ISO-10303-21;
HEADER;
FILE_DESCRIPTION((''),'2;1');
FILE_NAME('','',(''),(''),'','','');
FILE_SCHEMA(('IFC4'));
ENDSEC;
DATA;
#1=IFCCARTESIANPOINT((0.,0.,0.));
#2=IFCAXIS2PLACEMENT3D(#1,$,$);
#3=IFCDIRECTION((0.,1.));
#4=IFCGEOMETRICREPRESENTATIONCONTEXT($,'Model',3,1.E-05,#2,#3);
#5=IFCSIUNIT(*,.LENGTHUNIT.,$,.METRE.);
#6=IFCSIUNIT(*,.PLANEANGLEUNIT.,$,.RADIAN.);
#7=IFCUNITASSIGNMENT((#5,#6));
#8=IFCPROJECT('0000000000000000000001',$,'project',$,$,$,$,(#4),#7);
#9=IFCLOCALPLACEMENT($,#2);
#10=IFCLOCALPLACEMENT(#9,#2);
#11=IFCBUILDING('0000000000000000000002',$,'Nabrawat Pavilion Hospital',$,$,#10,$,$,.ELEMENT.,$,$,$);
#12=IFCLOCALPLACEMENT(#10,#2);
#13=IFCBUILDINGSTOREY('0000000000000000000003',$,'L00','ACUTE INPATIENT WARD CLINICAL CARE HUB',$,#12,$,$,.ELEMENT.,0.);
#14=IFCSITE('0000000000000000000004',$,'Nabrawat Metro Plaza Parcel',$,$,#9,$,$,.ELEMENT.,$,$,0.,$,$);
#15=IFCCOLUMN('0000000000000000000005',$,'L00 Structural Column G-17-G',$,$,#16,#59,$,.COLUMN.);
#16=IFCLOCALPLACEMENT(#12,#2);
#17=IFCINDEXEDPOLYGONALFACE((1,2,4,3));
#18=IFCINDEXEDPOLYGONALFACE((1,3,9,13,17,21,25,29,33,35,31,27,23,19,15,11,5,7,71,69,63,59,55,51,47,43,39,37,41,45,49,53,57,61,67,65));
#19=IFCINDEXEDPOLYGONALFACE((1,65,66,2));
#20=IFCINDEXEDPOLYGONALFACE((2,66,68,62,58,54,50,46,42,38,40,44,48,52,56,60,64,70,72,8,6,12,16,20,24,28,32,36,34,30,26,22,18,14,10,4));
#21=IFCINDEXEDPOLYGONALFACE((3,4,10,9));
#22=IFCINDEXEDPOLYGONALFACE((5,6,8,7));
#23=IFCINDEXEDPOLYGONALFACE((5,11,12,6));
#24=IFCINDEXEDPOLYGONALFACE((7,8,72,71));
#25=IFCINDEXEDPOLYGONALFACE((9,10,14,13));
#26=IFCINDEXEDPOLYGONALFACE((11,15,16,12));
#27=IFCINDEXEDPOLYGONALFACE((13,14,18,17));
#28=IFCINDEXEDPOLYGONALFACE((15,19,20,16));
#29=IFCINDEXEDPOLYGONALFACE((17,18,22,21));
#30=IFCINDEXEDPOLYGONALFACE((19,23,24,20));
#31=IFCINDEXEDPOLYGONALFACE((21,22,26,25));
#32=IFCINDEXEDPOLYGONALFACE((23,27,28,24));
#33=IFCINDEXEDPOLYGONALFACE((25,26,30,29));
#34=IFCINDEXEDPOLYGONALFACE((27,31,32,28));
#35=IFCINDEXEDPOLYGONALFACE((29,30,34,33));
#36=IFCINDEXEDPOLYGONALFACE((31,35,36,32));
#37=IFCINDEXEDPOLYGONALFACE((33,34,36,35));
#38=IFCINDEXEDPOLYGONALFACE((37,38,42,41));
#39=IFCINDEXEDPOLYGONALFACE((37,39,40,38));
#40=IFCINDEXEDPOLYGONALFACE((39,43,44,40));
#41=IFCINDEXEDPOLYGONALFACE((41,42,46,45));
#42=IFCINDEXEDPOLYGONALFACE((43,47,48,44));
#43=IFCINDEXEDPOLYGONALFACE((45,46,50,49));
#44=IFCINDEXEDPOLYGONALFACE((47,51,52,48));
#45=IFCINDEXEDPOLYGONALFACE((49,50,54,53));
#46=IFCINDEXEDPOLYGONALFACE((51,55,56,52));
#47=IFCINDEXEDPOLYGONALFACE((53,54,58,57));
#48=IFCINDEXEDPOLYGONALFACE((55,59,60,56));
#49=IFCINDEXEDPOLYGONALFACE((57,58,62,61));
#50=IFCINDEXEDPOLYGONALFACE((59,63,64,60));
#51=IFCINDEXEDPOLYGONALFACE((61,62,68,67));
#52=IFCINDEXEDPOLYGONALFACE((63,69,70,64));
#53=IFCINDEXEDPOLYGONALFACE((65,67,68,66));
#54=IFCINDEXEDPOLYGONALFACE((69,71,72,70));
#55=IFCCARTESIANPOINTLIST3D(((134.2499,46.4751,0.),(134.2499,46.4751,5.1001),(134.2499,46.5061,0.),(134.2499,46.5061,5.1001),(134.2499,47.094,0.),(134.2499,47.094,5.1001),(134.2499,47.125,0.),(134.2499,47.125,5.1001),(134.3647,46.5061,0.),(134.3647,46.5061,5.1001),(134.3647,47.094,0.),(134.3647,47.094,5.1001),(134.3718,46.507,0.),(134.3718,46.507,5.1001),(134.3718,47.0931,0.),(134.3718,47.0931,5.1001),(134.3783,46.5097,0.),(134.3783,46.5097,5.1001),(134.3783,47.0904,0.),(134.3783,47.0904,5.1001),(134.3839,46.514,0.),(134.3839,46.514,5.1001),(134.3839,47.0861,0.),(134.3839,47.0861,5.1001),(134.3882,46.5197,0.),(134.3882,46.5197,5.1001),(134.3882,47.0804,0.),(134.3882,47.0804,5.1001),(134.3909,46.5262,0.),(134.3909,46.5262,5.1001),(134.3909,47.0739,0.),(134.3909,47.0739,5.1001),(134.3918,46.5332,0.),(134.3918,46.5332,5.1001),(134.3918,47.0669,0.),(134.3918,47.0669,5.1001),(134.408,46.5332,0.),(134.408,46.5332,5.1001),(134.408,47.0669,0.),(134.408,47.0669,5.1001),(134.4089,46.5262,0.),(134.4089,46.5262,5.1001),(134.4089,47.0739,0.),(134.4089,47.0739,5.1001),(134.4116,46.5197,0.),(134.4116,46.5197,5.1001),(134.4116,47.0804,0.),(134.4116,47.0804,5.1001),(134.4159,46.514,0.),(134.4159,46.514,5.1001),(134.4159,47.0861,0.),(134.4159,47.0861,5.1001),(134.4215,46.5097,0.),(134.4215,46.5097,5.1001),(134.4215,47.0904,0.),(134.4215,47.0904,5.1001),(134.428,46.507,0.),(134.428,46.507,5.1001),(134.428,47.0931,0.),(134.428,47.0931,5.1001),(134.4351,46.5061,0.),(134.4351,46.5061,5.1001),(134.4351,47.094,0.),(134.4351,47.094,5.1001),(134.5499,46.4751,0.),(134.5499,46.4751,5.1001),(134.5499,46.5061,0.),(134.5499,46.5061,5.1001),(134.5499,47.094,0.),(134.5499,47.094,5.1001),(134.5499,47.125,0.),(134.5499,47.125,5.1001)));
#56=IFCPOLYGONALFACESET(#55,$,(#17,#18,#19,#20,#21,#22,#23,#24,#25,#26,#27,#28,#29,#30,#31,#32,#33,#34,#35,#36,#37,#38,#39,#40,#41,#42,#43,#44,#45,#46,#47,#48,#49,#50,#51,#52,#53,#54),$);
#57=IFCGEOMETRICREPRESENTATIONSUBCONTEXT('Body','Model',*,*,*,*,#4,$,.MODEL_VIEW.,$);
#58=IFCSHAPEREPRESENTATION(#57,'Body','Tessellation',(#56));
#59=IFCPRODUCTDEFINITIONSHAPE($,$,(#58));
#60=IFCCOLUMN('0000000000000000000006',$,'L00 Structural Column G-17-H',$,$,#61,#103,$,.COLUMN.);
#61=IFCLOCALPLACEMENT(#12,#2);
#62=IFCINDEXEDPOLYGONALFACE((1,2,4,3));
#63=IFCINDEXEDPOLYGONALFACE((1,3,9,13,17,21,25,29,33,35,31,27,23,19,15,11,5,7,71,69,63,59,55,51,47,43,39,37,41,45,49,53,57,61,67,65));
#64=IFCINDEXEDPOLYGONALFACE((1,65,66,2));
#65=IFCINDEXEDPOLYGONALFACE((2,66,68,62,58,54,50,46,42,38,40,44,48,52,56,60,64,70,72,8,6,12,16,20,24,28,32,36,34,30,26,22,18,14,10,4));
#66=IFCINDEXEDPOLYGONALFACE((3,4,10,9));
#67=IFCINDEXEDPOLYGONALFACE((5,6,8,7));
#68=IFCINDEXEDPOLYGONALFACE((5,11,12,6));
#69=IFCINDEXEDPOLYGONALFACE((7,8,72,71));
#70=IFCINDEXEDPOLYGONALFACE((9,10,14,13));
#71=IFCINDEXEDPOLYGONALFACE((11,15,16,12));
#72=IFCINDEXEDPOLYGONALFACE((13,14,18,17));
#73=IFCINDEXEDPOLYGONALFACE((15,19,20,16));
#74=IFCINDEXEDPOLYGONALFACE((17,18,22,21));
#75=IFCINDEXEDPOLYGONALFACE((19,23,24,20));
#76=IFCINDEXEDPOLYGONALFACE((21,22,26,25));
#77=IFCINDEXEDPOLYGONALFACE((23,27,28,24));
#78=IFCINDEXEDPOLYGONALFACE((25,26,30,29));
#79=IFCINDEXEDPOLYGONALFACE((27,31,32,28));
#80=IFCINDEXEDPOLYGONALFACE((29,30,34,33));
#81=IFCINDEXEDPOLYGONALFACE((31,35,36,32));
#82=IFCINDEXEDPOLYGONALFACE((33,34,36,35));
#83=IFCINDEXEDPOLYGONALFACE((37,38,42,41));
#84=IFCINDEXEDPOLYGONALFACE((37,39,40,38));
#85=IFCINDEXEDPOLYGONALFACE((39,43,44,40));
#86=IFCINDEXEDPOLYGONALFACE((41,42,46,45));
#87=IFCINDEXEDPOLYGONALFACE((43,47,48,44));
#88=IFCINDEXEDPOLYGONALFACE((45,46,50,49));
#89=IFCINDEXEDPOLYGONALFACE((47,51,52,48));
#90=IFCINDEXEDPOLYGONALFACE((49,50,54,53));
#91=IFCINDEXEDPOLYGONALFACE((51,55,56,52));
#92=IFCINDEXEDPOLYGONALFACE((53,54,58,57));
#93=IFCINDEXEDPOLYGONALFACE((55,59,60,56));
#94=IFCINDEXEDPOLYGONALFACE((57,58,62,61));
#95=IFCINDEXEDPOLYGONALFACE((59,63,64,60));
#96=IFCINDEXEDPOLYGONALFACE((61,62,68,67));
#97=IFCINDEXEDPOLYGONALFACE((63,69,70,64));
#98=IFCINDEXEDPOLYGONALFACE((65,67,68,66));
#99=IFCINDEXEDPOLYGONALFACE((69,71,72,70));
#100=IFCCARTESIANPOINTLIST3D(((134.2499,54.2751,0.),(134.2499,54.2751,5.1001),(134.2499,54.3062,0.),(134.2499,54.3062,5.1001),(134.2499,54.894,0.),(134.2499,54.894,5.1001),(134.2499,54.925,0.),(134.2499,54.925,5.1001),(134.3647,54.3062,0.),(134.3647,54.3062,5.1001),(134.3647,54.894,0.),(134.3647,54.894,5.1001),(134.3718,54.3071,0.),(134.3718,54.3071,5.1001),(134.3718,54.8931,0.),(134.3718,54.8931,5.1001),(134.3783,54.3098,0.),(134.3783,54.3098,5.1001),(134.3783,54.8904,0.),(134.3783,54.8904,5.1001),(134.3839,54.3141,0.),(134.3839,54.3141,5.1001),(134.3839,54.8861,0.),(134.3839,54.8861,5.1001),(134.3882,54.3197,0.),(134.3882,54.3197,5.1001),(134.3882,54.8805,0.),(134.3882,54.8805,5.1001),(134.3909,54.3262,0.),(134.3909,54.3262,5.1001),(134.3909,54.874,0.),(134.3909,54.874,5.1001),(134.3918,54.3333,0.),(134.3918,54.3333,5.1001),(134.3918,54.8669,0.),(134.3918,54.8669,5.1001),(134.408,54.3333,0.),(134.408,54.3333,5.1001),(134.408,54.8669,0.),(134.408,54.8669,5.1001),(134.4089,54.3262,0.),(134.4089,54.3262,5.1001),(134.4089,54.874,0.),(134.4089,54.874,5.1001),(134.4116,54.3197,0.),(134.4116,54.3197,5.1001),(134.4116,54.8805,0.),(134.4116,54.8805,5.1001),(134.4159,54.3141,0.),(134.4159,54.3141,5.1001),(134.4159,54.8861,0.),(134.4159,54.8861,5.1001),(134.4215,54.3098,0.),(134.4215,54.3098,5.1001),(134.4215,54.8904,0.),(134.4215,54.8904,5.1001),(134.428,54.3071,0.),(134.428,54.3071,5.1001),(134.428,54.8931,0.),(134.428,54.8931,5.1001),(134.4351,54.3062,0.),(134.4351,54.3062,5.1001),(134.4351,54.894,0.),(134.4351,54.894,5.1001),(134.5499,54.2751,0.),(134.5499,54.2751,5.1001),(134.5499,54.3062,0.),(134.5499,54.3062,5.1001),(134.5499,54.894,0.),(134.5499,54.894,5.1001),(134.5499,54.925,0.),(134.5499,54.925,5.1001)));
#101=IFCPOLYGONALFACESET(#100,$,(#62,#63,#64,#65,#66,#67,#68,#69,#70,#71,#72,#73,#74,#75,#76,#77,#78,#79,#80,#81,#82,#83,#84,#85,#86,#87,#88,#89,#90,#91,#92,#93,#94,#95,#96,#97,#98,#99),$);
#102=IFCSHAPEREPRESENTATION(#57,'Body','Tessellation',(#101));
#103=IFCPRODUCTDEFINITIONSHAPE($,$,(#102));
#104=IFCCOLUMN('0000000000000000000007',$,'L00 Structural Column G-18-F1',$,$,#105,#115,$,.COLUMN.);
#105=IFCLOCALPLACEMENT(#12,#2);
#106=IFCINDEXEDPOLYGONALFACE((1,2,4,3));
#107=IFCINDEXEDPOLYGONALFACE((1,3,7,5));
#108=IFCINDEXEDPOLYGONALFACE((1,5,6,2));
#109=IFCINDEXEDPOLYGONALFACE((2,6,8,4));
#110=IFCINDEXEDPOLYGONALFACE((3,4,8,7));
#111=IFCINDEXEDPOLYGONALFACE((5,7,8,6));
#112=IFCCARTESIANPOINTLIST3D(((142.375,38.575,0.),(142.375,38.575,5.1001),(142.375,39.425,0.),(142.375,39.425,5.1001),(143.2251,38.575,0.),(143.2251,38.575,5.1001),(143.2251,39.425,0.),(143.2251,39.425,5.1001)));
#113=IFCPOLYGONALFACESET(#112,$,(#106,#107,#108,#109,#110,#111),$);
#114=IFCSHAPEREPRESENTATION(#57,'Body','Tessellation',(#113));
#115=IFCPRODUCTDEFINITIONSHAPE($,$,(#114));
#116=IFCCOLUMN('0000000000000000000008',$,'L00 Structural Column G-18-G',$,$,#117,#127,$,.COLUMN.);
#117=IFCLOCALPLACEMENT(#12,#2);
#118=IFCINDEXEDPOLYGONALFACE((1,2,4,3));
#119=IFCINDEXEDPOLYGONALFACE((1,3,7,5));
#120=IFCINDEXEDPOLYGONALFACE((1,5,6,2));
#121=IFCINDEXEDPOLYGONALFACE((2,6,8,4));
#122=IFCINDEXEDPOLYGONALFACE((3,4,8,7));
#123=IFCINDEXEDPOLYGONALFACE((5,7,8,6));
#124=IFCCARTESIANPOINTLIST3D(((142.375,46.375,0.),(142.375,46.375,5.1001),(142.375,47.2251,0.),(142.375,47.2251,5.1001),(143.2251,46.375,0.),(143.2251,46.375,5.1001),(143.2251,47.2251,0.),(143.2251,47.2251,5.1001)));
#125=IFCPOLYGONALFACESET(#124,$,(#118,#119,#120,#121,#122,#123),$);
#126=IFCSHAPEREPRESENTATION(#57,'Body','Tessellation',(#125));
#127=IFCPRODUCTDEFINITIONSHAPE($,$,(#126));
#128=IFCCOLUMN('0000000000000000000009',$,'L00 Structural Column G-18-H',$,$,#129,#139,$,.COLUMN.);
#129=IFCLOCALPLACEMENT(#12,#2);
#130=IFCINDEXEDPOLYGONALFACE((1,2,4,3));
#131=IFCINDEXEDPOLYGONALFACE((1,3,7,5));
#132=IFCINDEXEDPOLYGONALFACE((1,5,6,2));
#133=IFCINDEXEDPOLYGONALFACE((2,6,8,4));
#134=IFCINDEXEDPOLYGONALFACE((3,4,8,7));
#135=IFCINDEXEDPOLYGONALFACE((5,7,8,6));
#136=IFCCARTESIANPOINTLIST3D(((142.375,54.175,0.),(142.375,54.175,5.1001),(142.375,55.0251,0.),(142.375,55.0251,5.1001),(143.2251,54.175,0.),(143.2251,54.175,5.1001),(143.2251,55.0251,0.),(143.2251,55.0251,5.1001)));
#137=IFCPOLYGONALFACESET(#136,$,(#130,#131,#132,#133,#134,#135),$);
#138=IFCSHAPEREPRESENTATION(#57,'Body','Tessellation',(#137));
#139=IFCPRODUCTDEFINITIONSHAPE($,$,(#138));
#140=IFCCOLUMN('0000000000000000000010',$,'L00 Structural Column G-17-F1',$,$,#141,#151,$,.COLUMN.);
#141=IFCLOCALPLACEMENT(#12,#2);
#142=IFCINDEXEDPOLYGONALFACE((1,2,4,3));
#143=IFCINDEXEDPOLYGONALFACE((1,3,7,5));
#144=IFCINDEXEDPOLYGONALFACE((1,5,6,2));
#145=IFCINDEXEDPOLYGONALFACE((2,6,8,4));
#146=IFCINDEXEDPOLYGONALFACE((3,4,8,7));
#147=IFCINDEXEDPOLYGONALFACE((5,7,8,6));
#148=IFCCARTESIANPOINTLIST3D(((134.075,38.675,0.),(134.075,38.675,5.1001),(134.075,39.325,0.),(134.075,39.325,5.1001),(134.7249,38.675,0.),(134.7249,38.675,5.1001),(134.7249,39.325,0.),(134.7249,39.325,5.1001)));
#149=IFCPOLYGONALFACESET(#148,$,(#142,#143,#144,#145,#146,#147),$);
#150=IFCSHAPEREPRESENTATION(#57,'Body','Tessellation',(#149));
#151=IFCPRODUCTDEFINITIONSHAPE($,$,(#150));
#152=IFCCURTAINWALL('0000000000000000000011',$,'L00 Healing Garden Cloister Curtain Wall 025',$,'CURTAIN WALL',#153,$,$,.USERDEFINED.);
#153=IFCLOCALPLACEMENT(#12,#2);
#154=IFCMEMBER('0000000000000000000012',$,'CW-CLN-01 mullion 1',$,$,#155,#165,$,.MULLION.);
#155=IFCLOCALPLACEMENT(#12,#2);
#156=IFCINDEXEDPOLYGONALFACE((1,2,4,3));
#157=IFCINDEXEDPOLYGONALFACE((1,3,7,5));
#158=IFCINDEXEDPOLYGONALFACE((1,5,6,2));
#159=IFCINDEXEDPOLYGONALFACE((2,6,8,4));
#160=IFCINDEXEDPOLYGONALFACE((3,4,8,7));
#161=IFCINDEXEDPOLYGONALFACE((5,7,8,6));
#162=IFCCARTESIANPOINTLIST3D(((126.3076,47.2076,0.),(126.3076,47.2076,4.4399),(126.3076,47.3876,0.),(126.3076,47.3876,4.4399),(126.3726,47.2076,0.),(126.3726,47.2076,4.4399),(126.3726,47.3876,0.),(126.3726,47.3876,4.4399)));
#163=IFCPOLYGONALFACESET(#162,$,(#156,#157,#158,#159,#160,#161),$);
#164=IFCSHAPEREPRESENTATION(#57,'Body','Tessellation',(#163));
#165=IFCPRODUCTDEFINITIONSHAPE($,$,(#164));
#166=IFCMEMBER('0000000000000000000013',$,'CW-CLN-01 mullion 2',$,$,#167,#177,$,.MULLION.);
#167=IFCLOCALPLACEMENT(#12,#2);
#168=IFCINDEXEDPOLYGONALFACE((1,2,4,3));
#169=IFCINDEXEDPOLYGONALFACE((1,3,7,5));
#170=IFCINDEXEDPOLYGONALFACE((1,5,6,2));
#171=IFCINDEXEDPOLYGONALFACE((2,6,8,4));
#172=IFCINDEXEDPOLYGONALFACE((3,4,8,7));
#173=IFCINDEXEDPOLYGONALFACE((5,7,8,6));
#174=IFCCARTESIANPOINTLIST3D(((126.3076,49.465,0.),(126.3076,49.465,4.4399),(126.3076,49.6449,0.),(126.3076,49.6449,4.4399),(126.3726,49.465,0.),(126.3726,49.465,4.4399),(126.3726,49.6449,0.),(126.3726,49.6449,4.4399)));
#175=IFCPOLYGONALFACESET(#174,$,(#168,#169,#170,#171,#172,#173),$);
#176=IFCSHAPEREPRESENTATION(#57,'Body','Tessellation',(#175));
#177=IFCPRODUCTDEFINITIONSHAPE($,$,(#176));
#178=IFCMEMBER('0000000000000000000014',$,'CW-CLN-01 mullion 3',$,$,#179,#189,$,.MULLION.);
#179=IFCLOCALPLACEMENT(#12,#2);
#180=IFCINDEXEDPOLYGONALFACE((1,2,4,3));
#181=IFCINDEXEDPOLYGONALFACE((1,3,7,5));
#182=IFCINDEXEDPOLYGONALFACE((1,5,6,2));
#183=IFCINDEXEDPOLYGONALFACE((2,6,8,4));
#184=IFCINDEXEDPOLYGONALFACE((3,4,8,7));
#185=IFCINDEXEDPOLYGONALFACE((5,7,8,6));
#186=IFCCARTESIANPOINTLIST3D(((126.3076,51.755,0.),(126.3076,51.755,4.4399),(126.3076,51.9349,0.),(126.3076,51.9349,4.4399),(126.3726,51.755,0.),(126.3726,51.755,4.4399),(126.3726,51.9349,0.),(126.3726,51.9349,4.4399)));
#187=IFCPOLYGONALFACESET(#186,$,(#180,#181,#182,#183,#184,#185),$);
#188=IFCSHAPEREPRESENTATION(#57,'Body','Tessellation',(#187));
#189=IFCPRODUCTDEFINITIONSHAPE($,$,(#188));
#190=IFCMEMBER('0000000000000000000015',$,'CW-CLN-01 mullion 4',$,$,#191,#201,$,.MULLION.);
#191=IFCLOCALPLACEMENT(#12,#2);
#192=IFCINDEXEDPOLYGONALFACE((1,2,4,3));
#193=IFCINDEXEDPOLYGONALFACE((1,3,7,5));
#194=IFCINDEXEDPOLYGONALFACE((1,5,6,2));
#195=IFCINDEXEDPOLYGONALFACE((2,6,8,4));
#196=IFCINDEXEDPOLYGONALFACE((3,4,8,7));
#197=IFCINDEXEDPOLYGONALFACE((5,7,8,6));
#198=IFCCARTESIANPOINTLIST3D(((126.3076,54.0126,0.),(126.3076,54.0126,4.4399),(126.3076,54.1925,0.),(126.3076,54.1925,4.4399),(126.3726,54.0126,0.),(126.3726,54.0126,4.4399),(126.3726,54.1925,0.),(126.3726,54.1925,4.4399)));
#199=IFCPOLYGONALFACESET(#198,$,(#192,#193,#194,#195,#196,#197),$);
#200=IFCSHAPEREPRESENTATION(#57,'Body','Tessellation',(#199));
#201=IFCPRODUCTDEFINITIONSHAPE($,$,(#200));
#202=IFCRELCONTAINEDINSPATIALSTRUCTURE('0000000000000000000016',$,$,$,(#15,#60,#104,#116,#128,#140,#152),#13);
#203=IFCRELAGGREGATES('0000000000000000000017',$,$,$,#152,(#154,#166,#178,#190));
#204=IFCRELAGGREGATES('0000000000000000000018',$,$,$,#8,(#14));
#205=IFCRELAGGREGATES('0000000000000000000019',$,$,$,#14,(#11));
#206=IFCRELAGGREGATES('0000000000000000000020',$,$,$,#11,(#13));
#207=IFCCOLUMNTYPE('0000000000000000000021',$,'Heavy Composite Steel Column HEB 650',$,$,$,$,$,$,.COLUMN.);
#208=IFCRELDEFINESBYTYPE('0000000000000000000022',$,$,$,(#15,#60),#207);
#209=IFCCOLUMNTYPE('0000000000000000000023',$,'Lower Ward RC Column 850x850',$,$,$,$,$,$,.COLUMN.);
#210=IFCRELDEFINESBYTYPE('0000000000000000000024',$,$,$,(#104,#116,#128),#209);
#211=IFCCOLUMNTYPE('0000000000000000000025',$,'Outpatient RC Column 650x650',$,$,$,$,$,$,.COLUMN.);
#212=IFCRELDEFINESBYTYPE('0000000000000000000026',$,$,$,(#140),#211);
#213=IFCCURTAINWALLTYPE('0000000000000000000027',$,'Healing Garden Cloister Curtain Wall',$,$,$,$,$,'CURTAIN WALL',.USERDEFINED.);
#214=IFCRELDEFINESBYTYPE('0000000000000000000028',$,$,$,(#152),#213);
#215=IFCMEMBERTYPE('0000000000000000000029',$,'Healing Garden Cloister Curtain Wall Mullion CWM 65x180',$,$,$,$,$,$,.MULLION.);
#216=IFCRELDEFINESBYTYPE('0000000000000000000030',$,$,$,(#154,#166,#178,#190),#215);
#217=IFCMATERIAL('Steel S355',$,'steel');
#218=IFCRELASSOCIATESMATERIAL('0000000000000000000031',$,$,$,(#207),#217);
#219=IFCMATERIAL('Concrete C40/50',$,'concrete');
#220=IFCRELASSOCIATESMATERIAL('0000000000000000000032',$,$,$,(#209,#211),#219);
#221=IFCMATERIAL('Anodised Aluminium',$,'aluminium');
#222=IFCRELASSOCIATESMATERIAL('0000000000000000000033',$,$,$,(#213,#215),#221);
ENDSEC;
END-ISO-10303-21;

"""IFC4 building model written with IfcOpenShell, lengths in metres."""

from ifc_helpers import new_model, si_unit, direction, frame, origin, origin_2d, place, context, subcontext, project, spatial, rectangle, i_section, extrude, material, material_profile, profile_set, type_object, element, aggregate, save


model = new_model("IFC4")

# Units and contexts
model_context = context("Model", 3, precision=1e-05, world=origin(), true_north=direction((0.0, 1.0)))
body_context = subcontext(model_context, "Body", "Model", "MODEL_VIEW")
ifc_project = project(units=[si_unit("LENGTHUNIT", "METRE"), si_unit("PLANEANGLEUNIT", "RADIAN")], contexts=[model_context])

# Site, building, storey
site_placement = place(None, origin())
site = spatial("IfcSite", under=ifc_project, at=site_placement, Name="Nabrawat Metro Plaza Parcel", CompositionType="ELEMENT", RefElevation=0.0)
building_placement = place(site_placement, origin())
building = spatial("IfcBuilding", under=site, at=building_placement, Name="Nabrawat Pavilion Hospital", CompositionType="ELEMENT")
storey_placement = place(building_placement, origin())
storey = spatial("IfcBuildingStorey", under=building, at=storey_placement, Name="L00", Description="ACUTE INPATIENT WARD CLINICAL CARE HUB", CompositionType="ELEMENT", Elevation=0.0)

# Columns
ifc_material_1 = material(Name="Steel S355", Category="steel")
ifc_material_profile_1 = material_profile(ifc_material_1, i_section(OverallWidth=0.3, OverallDepth=0.6499, WebThickness=0.0161, FlangeThickness=0.031, FilletRadius=0.0271, at=origin_2d()), Name="HEB 650")
ifc_profile_set_1 = profile_set([ifc_material_profile_1], Name="Steel S355")
column_type_1 = type_object("IfcColumnType", Name="Heavy Composite Steel Column HEB 650", PredefinedType="COLUMN", material=ifc_profile_set_1)
for number, where, z_axis, x_axis, name in (
    (1, (134.3999, 46.8, 0.0), (0.0, 0.0, 1.0), (1.0, 0.0, 0.0), "L00 Structural Column G-17-G"),
    (2, (134.3999, 54.6001, 0.0), (0.0, 0.0, 1.0), (1.0, 0.0, 0.0), "L00 Structural Column G-17-H"),
):
    element("IfcColumn", number, at=place(storey_placement, frame(where, z_axis=z_axis, x_axis=x_axis)), inside=storey, type_object=column_type_1, Name=name, PredefinedType="COLUMN", context=body_context, shape_type="SweptSolid", body=[
        extrude(i_section(OverallWidth=0.3, OverallDepth=0.6499, WebThickness=0.0161, FlangeThickness=0.031, FilletRadius=0.0271, at=origin_2d()), origin(), (0.0, 0.0, 1.0), 5.1001),
    ])
ifc_material_2 = material(Name="Concrete C40/50", Category="concrete")
ifc_material_profile_2 = material_profile(ifc_material_2, rectangle(XDim=0.8501, YDim=0.8501, at=origin_2d()), Name="RC 850x850")
ifc_profile_set_2 = profile_set([ifc_material_profile_2], Name="Concrete C40/50")
column_type_2 = type_object("IfcColumnType", Name="Lower Ward RC Column 850x850", PredefinedType="COLUMN", material=ifc_profile_set_2)
for number, where, z_axis, x_axis, name in (
    (3, (142.8, 39.0, 0.0), (0.0, 0.0, 1.0), (1.0, 0.0, 0.0), "L00 Structural Column G-18-F1"),
    (4, (142.8, 46.8, 0.0), (0.0, 0.0, 1.0), (1.0, 0.0, 0.0), "L00 Structural Column G-18-G"),
    (5, (142.8, 54.6001, 0.0), (0.0, 0.0, 1.0), (1.0, 0.0, 0.0), "L00 Structural Column G-18-H"),
):
    element("IfcColumn", number, at=place(storey_placement, frame(where, z_axis=z_axis, x_axis=x_axis)), inside=storey, type_object=column_type_2, Name=name, PredefinedType="COLUMN", context=body_context, shape_type="SweptSolid", body=[
        extrude(rectangle(XDim=0.8501, YDim=0.8501, at=origin_2d()), origin(), (0.0, 0.0, 1.0), 5.1001),
    ])
ifc_material_profile_3 = material_profile(ifc_material_2, rectangle(XDim=0.6499, YDim=0.6499, at=origin_2d()), Name="RC 650x650")
ifc_profile_set_3 = profile_set([ifc_material_profile_3], Name="Concrete C40/50")
column_type_3 = type_object("IfcColumnType", Name="Outpatient RC Column 650x650", PredefinedType="COLUMN", material=ifc_profile_set_3)
column_placement = place(storey_placement, frame((134.3999, 39.0, 0.0), z_axis=(0.0, 0.0, 1.0), x_axis=(1.0, 0.0, 0.0)))
element("IfcColumn", 6, at=column_placement, inside=storey, type_object=column_type_3, Name="L00 Structural Column G-17-F1", PredefinedType="COLUMN", context=body_context, shape_type="SweptSolid", body=[
    extrude(rectangle(XDim=0.6499, YDim=0.6499, at=origin_2d()), origin(), (0.0, 0.0, 1.0), 5.1001),
])

# Curtain wall, members
ifc_material_3 = material(Name="Anodised Aluminium", Category="aluminium")
curtain_wall_type = type_object("IfcCurtainWallType", Name="Healing Garden Cloister Curtain Wall", ElementType="CURTAIN WALL", PredefinedType="USERDEFINED", material=ifc_material_3)
curtain_wall_placement = place(storey_placement, origin())
curtain_wall = element("IfcCurtainWall", 7, at=curtain_wall_placement, inside=storey, type_object=curtain_wall_type, Name="L00 Healing Garden Cloister Curtain Wall 025", ObjectType="CURTAIN WALL", PredefinedType="USERDEFINED")
ifc_material_profile_4 = material_profile(ifc_material_3, rectangle(XDim=0.0649, YDim=0.1799, at=origin_2d()), Name="CWM 65x180")
ifc_profile_set_4 = profile_set([ifc_material_profile_4], Name="Anodised Aluminium")
member_type_1 = type_object("IfcMemberType", Name="Healing Garden Cloister Curtain Wall Mullion CWM 65x180", PredefinedType="MULLION", material=ifc_profile_set_4)
member_1_placement = place(storey_placement, frame((126.3401, 47.2976, 0.0), z_axis=(0.0, 0.0, 1.0), x_axis=(-1.0, 0.0, 0.0)))
member_1 = element("IfcMember", 8, at=member_1_placement, type_object=member_type_1, Name="CW-CLN-01 mullion 1", PredefinedType="MULLION", context=body_context, shape_type="SweptSolid", body=[
    extrude(rectangle(XDim=0.0649, YDim=0.1799, at=origin_2d()), origin(), (0.0, 0.0, 1.0), 4.4399),
])
member_2_placement = place(storey_placement, frame((126.3401, 49.5549, 0.0), z_axis=(0.0, 0.0, 1.0), x_axis=(-1.0, 0.0, 0.0)))
member_2 = element("IfcMember", 9, at=member_2_placement, type_object=member_type_1, Name="CW-CLN-01 mullion 2", PredefinedType="MULLION", context=body_context, shape_type="SweptSolid", body=[
    extrude(rectangle(XDim=0.0649, YDim=0.1799, at=origin_2d()), origin(), (0.0, 0.0, 1.0), 4.4399),
])
member_3_placement = place(storey_placement, frame((126.3401, 51.845, 0.0), z_axis=(0.0, 0.0, 1.0), x_axis=(-1.0, 0.0, 0.0)))
member_3 = element("IfcMember", 10, at=member_3_placement, type_object=member_type_1, Name="CW-CLN-01 mullion 3", PredefinedType="MULLION", context=body_context, shape_type="SweptSolid", body=[
    extrude(rectangle(XDim=0.0649, YDim=0.1799, at=origin_2d()), origin(), (0.0, 0.0, 1.0), 4.4399),
])
member_4_placement = place(storey_placement, frame((126.3401, 54.1025, 0.0), z_axis=(0.0, 0.0, 1.0), x_axis=(-1.0, 0.0, 0.0)))
member_4 = element("IfcMember", 11, at=member_4_placement, type_object=member_type_1, Name="CW-CLN-01 mullion 4", PredefinedType="MULLION", context=body_context, shape_type="SweptSolid", body=[
    extrude(rectangle(XDim=0.0649, YDim=0.1799, at=origin_2d()), origin(), (0.0, 0.0, 1.0), 4.4399),
])

aggregate(curtain_wall, [member_1, member_2, member_3, member_4])

save(model, "model.ifc")
